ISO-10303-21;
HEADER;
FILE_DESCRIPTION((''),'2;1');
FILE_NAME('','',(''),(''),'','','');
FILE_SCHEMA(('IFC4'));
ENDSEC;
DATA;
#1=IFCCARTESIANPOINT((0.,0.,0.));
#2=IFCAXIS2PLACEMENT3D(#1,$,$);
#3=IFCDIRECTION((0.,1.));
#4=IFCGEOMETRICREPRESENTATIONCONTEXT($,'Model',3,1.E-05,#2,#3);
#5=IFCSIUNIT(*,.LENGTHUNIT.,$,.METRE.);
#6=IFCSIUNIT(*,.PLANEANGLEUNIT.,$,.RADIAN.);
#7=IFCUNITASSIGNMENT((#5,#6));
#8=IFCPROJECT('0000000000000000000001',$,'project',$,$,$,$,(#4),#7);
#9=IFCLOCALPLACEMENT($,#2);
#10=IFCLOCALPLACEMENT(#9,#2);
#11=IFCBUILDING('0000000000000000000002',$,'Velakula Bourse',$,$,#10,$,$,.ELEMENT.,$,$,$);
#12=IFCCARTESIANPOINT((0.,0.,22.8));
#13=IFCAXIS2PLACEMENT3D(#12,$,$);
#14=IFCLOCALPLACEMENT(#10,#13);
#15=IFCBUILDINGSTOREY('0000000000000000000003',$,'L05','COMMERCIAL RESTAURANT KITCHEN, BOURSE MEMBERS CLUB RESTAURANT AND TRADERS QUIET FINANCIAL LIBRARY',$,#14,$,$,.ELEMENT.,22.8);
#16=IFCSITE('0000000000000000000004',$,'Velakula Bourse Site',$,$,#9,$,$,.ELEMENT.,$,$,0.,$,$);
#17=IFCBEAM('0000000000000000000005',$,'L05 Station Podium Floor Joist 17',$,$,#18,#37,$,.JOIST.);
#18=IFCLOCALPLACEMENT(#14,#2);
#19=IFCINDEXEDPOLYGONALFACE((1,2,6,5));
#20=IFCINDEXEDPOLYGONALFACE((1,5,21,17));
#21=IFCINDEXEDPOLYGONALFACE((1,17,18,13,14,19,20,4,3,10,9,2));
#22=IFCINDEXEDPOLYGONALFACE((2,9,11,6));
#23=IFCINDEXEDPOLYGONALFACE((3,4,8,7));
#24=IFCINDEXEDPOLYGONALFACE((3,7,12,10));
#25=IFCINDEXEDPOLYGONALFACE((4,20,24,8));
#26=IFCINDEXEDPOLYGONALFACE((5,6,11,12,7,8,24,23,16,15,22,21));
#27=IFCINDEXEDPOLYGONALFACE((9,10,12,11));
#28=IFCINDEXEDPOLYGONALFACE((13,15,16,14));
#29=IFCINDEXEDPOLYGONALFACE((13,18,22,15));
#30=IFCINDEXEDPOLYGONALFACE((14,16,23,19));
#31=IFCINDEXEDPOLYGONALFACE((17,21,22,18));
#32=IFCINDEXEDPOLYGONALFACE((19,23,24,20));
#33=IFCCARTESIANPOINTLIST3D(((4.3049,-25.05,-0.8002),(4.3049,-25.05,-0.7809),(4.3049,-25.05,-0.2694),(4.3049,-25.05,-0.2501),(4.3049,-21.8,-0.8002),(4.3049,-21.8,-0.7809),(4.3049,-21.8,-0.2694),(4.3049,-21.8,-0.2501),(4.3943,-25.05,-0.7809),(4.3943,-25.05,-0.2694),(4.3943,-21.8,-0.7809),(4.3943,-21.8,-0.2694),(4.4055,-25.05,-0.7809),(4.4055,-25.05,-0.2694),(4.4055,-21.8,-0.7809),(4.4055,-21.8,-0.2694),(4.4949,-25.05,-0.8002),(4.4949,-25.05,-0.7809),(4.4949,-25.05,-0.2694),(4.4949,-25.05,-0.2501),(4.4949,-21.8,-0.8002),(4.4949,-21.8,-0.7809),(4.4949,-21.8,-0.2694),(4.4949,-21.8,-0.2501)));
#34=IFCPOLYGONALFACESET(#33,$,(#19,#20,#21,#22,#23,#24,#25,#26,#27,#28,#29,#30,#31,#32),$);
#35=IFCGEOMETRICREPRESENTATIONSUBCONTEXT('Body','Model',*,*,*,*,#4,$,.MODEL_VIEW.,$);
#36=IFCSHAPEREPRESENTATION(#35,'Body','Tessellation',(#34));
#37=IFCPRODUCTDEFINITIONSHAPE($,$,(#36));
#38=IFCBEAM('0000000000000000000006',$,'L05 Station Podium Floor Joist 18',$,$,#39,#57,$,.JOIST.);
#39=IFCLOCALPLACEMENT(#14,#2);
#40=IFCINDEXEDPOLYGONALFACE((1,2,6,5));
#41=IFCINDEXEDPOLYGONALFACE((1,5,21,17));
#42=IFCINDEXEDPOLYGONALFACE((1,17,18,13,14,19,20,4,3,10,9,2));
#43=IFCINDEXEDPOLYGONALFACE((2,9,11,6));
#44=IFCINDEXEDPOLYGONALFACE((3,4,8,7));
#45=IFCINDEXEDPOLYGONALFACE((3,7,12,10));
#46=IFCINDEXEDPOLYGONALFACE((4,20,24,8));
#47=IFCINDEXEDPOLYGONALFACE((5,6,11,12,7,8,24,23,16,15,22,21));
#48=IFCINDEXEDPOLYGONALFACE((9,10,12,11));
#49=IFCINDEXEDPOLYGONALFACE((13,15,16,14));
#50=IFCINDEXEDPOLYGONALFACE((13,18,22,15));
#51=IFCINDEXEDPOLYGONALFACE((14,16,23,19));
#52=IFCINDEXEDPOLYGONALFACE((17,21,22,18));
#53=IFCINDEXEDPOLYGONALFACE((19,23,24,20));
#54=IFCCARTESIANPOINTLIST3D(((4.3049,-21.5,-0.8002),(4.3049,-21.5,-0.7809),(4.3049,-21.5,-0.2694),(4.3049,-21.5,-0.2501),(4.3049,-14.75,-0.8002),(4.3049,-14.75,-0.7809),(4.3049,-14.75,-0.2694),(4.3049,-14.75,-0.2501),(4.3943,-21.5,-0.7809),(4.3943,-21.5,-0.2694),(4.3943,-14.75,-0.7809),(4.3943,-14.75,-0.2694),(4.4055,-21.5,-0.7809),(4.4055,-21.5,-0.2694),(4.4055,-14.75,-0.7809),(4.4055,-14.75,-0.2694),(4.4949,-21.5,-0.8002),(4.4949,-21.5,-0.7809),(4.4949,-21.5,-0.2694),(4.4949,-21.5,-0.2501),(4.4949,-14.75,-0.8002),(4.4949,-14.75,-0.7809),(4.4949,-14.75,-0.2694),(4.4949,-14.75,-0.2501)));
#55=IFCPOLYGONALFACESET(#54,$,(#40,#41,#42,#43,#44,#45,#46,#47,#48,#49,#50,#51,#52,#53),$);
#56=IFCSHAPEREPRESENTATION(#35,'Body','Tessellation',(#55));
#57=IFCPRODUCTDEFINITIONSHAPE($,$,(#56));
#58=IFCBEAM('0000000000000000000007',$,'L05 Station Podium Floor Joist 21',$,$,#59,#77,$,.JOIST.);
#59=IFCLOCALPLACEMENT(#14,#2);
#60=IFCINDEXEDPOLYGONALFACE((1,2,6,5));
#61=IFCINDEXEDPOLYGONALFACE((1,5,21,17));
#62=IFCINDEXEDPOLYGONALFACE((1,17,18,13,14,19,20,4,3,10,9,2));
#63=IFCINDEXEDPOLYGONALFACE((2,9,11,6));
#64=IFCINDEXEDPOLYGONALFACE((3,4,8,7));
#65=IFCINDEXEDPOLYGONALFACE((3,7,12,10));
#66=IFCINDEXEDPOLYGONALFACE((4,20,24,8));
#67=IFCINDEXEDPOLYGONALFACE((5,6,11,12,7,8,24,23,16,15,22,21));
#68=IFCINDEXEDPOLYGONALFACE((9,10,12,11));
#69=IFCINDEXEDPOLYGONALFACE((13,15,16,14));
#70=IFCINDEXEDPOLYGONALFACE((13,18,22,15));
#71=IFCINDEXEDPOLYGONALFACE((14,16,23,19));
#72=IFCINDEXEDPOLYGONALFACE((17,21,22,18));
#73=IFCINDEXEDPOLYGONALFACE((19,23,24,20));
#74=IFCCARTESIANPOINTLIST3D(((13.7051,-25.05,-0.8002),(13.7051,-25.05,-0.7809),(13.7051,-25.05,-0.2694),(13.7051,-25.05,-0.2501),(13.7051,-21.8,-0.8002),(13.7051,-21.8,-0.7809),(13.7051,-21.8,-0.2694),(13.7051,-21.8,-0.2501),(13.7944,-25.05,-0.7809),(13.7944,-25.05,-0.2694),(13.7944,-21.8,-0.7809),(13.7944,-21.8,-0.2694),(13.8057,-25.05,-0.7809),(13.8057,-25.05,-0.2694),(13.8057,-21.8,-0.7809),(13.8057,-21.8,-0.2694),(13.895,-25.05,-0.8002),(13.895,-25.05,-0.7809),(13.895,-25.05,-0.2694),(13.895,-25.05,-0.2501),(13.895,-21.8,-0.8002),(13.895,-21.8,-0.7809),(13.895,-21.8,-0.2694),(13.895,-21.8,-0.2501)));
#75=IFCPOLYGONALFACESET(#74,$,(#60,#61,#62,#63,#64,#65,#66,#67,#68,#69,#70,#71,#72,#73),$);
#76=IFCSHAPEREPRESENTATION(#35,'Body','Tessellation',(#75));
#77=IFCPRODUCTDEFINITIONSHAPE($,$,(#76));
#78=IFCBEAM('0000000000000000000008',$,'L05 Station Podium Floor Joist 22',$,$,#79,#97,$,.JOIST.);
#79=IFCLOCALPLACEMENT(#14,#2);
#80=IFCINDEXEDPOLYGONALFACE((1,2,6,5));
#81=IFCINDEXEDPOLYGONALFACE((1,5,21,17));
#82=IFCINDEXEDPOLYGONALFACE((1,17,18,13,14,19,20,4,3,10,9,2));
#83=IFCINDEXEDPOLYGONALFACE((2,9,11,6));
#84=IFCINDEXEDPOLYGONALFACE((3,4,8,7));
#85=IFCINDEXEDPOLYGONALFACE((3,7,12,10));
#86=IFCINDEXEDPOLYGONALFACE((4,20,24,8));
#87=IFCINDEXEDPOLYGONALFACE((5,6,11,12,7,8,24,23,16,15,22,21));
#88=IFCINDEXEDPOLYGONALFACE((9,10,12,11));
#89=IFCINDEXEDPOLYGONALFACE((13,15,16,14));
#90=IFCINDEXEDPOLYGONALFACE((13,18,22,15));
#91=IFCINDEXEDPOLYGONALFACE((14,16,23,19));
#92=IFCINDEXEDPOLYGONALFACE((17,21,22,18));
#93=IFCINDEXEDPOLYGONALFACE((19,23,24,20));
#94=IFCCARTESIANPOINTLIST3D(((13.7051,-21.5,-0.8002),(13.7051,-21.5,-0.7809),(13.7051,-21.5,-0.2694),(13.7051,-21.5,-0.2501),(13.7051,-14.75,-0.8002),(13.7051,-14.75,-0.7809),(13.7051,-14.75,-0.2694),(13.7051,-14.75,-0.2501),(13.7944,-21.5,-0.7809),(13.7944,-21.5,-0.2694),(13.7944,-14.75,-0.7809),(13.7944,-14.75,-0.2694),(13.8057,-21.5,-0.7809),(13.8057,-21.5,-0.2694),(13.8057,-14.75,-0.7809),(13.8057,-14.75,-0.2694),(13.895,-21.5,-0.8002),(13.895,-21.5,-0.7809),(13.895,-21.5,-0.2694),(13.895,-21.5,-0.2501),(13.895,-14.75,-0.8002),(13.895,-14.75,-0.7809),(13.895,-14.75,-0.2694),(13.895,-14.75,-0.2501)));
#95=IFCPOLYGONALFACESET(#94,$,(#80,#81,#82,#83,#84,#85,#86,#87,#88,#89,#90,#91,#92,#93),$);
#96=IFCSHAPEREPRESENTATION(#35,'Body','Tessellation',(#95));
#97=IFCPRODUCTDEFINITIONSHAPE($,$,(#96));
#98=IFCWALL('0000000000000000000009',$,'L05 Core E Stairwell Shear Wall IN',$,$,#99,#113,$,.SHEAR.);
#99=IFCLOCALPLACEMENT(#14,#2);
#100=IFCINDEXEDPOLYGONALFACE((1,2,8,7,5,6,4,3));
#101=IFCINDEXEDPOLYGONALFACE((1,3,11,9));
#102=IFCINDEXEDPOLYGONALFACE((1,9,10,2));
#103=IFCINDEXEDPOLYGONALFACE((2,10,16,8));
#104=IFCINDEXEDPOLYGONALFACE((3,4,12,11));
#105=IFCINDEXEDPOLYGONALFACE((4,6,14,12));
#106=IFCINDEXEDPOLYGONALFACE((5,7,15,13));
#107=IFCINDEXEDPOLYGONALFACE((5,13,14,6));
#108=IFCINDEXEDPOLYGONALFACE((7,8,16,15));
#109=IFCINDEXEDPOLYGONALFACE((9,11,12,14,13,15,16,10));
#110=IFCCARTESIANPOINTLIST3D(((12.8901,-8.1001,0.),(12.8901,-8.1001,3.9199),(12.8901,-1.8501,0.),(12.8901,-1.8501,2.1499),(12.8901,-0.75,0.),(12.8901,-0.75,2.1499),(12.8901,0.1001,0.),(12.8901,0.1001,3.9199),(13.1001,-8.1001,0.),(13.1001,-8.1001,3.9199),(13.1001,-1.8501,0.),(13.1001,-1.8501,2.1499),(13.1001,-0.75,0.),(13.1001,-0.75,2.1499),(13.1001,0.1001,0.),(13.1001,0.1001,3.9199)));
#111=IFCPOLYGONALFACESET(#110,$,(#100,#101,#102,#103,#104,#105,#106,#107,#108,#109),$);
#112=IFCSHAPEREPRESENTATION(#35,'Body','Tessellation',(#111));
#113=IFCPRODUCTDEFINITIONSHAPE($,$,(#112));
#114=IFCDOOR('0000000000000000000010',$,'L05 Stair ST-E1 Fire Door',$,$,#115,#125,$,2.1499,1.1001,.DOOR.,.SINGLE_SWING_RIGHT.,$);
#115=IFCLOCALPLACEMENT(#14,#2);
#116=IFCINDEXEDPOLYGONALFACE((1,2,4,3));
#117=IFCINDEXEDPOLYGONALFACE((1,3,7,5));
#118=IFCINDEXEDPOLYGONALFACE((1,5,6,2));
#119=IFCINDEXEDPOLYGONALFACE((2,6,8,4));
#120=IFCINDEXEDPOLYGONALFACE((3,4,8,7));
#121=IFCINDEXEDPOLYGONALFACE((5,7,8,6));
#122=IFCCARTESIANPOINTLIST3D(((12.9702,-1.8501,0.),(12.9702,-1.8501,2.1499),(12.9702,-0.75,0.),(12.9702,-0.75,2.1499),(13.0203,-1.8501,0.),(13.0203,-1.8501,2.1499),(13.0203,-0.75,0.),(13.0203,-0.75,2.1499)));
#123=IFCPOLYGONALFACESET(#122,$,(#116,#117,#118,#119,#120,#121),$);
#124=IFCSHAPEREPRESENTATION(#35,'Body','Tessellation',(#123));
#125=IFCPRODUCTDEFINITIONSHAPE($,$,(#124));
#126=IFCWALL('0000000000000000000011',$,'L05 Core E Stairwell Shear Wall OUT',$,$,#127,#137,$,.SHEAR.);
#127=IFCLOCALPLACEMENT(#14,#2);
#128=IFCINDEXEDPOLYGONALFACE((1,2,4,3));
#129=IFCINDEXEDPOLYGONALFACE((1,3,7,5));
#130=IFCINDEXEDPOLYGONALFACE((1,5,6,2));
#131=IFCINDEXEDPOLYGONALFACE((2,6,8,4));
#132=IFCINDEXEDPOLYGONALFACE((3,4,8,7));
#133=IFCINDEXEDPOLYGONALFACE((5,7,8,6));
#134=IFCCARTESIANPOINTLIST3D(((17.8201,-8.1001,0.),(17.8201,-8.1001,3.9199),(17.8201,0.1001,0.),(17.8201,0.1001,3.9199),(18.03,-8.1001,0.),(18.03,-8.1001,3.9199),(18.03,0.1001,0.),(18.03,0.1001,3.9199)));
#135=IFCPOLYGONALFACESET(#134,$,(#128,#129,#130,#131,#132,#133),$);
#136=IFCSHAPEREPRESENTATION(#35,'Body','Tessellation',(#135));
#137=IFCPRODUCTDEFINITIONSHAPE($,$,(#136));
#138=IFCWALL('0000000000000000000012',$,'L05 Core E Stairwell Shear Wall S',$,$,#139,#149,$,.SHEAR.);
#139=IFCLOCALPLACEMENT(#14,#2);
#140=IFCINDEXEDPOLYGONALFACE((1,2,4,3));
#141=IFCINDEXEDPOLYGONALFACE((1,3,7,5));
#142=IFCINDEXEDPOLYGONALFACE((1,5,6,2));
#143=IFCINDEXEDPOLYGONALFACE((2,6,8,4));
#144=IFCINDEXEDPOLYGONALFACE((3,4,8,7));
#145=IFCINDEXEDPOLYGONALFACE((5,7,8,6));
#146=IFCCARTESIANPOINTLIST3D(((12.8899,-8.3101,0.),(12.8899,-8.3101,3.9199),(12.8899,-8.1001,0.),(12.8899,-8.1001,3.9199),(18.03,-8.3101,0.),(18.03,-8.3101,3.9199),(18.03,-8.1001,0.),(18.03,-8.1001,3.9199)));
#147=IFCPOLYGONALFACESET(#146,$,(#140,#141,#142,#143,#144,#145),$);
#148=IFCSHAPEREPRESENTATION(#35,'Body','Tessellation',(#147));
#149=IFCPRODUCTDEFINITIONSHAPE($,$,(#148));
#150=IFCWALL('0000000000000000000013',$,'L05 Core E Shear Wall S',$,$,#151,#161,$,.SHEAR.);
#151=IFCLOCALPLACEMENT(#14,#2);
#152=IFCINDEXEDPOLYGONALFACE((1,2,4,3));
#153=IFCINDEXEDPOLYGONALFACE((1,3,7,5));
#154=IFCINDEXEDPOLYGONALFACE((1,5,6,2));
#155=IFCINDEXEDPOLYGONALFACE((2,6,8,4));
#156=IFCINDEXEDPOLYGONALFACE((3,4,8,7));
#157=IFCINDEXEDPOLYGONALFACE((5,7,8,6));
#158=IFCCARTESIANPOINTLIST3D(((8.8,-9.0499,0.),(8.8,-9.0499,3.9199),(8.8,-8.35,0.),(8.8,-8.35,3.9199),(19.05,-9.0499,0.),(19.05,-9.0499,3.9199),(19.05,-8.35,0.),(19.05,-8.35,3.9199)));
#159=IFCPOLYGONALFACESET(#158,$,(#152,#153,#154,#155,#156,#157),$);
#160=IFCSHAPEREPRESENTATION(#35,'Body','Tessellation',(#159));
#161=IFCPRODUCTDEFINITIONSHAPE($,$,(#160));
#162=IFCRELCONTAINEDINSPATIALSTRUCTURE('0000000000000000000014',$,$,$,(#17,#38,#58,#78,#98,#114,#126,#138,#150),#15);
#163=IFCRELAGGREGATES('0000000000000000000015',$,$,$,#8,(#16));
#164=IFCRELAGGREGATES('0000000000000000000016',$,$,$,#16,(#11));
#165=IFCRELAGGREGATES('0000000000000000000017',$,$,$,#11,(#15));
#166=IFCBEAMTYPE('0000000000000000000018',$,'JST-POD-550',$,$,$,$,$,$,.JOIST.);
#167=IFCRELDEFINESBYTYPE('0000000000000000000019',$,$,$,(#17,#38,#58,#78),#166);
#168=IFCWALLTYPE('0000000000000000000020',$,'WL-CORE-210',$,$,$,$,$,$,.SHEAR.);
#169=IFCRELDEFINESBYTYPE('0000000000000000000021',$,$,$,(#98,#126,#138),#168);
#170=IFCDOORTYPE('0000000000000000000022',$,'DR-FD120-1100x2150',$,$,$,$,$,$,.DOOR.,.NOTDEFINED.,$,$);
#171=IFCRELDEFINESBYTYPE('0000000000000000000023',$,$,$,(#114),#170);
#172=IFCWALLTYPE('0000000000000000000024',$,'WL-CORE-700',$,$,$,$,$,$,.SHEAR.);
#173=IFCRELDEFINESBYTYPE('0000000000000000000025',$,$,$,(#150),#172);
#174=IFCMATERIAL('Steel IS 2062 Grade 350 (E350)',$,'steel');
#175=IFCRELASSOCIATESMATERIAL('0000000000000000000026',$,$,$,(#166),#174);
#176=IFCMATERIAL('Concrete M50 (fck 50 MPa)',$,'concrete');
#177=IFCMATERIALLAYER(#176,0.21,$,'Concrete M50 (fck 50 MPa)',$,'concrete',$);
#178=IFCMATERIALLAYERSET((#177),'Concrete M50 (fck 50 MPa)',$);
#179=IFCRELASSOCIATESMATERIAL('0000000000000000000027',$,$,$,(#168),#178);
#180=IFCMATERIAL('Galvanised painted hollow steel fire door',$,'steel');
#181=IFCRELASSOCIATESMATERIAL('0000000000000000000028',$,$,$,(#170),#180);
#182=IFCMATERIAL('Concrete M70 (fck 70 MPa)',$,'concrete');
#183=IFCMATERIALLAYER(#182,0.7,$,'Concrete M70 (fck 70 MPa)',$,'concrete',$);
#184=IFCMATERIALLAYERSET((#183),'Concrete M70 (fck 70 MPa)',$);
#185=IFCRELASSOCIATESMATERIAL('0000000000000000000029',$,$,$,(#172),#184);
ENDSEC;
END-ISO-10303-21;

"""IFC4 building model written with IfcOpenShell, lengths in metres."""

from ifc_helpers import new_model, si_unit, direction, frame, frame_2d, origin, origin_2d, place, context, subcontext, project, spatial, rectangle, i_section, extrude, material, layer, layer_set, material_profile, profile_set, type_object, element, fill, save


model = new_model("IFC4")

# Units and contexts
model_context = context("Model", 3, precision=1e-05, world=origin(), true_north=direction((0.0, 1.0)))
body_context = subcontext(model_context, "Body", "Model", "MODEL_VIEW")
ifc_project = project(units=[si_unit("LENGTHUNIT", "METRE"), si_unit("PLANEANGLEUNIT", "RADIAN")], contexts=[model_context])

# Site, building, storey
site_placement = place(None, origin())
site = spatial("IfcSite", under=ifc_project, at=site_placement, Name="Velakula Bourse Site", CompositionType="ELEMENT", RefElevation=0.0)
building_placement = place(site_placement, origin())
building = spatial("IfcBuilding", under=site, at=building_placement, Name="Velakula Bourse", CompositionType="ELEMENT")
storey_placement = place(building_placement, frame((0.0, 0.0, 22.8)))
storey = spatial("IfcBuildingStorey", under=building, at=storey_placement, Name="L05", Description="COMMERCIAL RESTAURANT KITCHEN, BOURSE MEMBERS CLUB RESTAURANT AND TRADERS QUIET FINANCIAL LIBRARY", CompositionType="ELEMENT", Elevation=22.8)

# Shared definitions
ifc_material_1 = material(Name="Concrete M70 (fck 70 MPa)", Category="concrete")

# Beams
ifc_material_2 = material(Name="Steel IS 2062 Grade 350 (E350)", Category="steel")
ifc_material_profile_1 = material_profile(ifc_material_2, i_section(OverallWidth=0.1899, OverallDepth=0.55, WebThickness=0.0112, FlangeThickness=0.0193, at=origin_2d()), Name="Steel IS 2062 Grade 350 (E350)")
ifc_profile_set_1 = profile_set([ifc_material_profile_1], Name="Steel IS 2062 Grade 350 (E350)")
beam_type_1 = type_object("IfcBeamType", Name="JST-POD-550", PredefinedType="JOIST", material=ifc_profile_set_1)
beam_1_placement = place(storey_placement, frame((4.3999, -25.05, -0.5251), z_axis=(0.0, 1.0, 0.0), x_axis=(-1.0, 0.0, 0.0)))
element("IfcBeam", 1, at=beam_1_placement, inside=storey, type_object=beam_type_1, Name="L05 Station Podium Floor Joist 17", PredefinedType="JOIST", context=body_context, shape_type="SweptSolid", body=[
    extrude(i_section(OverallWidth=0.1899, OverallDepth=0.55, WebThickness=0.0112, FlangeThickness=0.0193, at=origin_2d()), origin(), (0.0, 0.0, 1.0), 3.25),
])
beam_2_placement = place(storey_placement, frame((4.3999, -21.5, -0.5251), z_axis=(0.0, 1.0, 0.0), x_axis=(-1.0, 0.0, 0.0)))
element("IfcBeam", 2, at=beam_2_placement, inside=storey, type_object=beam_type_1, Name="L05 Station Podium Floor Joist 18", PredefinedType="JOIST", context=body_context, shape_type="SweptSolid", body=[
    extrude(i_section(OverallWidth=0.1899, OverallDepth=0.55, WebThickness=0.0112, FlangeThickness=0.0193, at=origin_2d()), origin(), (0.0, 0.0, 1.0), 6.75),
])
beam_3_placement = place(storey_placement, frame((13.8, -25.05, -0.5251), z_axis=(0.0, 1.0, 0.0), x_axis=(-1.0, 0.0, 0.0)))
element("IfcBeam", 3, at=beam_3_placement, inside=storey, type_object=beam_type_1, Name="L05 Station Podium Floor Joist 21", PredefinedType="JOIST", context=body_context, shape_type="SweptSolid", body=[
    extrude(i_section(OverallWidth=0.1899, OverallDepth=0.55, WebThickness=0.0112, FlangeThickness=0.0193, at=origin_2d()), origin(), (0.0, 0.0, 1.0), 3.25),
])
beam_4_placement = place(storey_placement, frame((13.8, -21.5, -0.5251), z_axis=(0.0, 1.0, 0.0), x_axis=(-1.0, 0.0, 0.0)))
element("IfcBeam", 4, at=beam_4_placement, inside=storey, type_object=beam_type_1, Name="L05 Station Podium Floor Joist 22", PredefinedType="JOIST", context=body_context, shape_type="SweptSolid", body=[
    extrude(i_section(OverallWidth=0.1899, OverallDepth=0.55, WebThickness=0.0112, FlangeThickness=0.0193, at=origin_2d()), origin(), (0.0, 0.0, 1.0), 6.75),
])

# Wall, opening, door
ifc_material_3 = material(Name="Concrete M50 (fck 50 MPa)", Category="concrete")
ifc_layer_1 = layer(ifc_material_3, 0.21, Name="Concrete M50 (fck 50 MPa)", Category="concrete")
ifc_layer_set_1 = layer_set([ifc_layer_1], Name="Concrete M50 (fck 50 MPa)")
wall_type_1 = type_object("IfcWallType", Name="WL-CORE-210", PredefinedType="SHEAR", material=ifc_layer_set_1)
wall_1_placement = place(storey_placement, frame((12.9951, -8.1001, 0.0), z_axis=(0.0, 0.0, 1.0), x_axis=(0.0, 1.0, 0.0)))
wall_1 = element("IfcWall", 5, at=wall_1_placement, inside=storey, type_object=wall_type_1, Name="L05 Core E Stairwell Shear Wall IN", PredefinedType="SHEAR", context=body_context, shape_type="SweptSolid", body=[
    extrude(rectangle(XDim=8.2002, YDim=0.21, at=frame_2d((4.1001, 0.0))), origin(), (0.0, 0.0, 1.0), 3.9199),
])
opening_1_placement = place(wall_1_placement, frame((6.25, 0.0, 0.0)))
opening_1 = element("IfcOpeningElement", 6, at=opening_1_placement, cuts=wall_1, PredefinedType="OPENING", context=body_context, shape_type="SweptSolid", body=[
    extrude(rectangle(XDim=1.1001, YDim=2.1499, at=frame_2d((0.55, 1.075))), frame((0.0, 0.115, 0.0), z_axis=(0.0, -1.0, 0.0), x_axis=(1.0, 0.0, 0.0)), (0.0, 0.0, 1.0), 0.23),
])
ifc_material_4 = material(Name="Galvanised painted hollow steel fire door", Category="steel")
door_type_1 = type_object("IfcDoorType", Name="DR-FD120-1100x2150", OperationType="NOTDEFINED", PredefinedType="DOOR", material=ifc_material_4)
door_1_placement = place(opening_1_placement, origin())
door_1 = element("IfcDoor", 7, at=door_1_placement, inside=storey, type_object=door_type_1, Name="L05 Stair ST-E1 Fire Door", OperationType="SINGLE_SWING_RIGHT", OverallHeight=2.1499, OverallWidth=1.1001, PredefinedType="DOOR", context=body_context, shape_type="SweptSolid", body=[
    extrude(rectangle(XDim=1.1001, YDim=2.1499, at=frame_2d((0.55, 1.075))), frame((0.0, 0.0249, 0.0), z_axis=(0.0, -1.0, 0.0), x_axis=(1.0, 0.0, 0.0)), (0.0, 0.0, 1.0), 0.05),
])
fill(opening_1, door_1)

# Walls
wall_2_placement = place(storey_placement, frame((17.925, -8.1001, 0.0), z_axis=(0.0, 0.0, 1.0), x_axis=(0.0, 1.0, 0.0)))
element("IfcWall", 8, at=wall_2_placement, inside=storey, type_object=wall_type_1, Name="L05 Core E Stairwell Shear Wall OUT", PredefinedType="SHEAR", context=body_context, shape_type="SweptSolid", body=[
    extrude(rectangle(XDim=8.2002, YDim=0.21, at=frame_2d((4.1001, 0.0))), origin(), (0.0, 0.0, 1.0), 3.9199),
])
wall_3_placement = place(storey_placement, frame((12.8899, -8.2051, 0.0), z_axis=(0.0, 0.0, 1.0), x_axis=(1.0, 0.0, 0.0)))
element("IfcWall", 9, at=wall_3_placement, inside=storey, type_object=wall_type_1, Name="L05 Core E Stairwell Shear Wall S", PredefinedType="SHEAR", context=body_context, shape_type="SweptSolid", body=[
    extrude(rectangle(XDim=5.1401, YDim=0.21, at=frame_2d((2.5701, 0.0))), origin(), (0.0, 0.0, 1.0), 3.9199),
])
ifc_layer_2 = layer(ifc_material_1, 0.7, Name="Concrete M70 (fck 70 MPa)", Category="concrete")
ifc_layer_set_2 = layer_set([ifc_layer_2], Name="Concrete M70 (fck 70 MPa)")
wall_type_2 = type_object("IfcWallType", Name="WL-CORE-700", PredefinedType="SHEAR", material=ifc_layer_set_2)
wall_4_placement = place(storey_placement, frame((8.8, -8.7, 0.0), z_axis=(0.0, 0.0, 1.0), x_axis=(1.0, 0.0, 0.0)))
element("IfcWall", 10, at=wall_4_placement, inside=storey, type_object=wall_type_2, Name="L05 Core E Shear Wall S", PredefinedType="SHEAR", context=body_context, shape_type="SweptSolid", body=[
    extrude(rectangle(XDim=10.25, YDim=0.7, at=frame_2d((5.125, 0.0))), origin(), (0.0, 0.0, 1.0), 3.9199),
])

save(model, "model.ifc")
